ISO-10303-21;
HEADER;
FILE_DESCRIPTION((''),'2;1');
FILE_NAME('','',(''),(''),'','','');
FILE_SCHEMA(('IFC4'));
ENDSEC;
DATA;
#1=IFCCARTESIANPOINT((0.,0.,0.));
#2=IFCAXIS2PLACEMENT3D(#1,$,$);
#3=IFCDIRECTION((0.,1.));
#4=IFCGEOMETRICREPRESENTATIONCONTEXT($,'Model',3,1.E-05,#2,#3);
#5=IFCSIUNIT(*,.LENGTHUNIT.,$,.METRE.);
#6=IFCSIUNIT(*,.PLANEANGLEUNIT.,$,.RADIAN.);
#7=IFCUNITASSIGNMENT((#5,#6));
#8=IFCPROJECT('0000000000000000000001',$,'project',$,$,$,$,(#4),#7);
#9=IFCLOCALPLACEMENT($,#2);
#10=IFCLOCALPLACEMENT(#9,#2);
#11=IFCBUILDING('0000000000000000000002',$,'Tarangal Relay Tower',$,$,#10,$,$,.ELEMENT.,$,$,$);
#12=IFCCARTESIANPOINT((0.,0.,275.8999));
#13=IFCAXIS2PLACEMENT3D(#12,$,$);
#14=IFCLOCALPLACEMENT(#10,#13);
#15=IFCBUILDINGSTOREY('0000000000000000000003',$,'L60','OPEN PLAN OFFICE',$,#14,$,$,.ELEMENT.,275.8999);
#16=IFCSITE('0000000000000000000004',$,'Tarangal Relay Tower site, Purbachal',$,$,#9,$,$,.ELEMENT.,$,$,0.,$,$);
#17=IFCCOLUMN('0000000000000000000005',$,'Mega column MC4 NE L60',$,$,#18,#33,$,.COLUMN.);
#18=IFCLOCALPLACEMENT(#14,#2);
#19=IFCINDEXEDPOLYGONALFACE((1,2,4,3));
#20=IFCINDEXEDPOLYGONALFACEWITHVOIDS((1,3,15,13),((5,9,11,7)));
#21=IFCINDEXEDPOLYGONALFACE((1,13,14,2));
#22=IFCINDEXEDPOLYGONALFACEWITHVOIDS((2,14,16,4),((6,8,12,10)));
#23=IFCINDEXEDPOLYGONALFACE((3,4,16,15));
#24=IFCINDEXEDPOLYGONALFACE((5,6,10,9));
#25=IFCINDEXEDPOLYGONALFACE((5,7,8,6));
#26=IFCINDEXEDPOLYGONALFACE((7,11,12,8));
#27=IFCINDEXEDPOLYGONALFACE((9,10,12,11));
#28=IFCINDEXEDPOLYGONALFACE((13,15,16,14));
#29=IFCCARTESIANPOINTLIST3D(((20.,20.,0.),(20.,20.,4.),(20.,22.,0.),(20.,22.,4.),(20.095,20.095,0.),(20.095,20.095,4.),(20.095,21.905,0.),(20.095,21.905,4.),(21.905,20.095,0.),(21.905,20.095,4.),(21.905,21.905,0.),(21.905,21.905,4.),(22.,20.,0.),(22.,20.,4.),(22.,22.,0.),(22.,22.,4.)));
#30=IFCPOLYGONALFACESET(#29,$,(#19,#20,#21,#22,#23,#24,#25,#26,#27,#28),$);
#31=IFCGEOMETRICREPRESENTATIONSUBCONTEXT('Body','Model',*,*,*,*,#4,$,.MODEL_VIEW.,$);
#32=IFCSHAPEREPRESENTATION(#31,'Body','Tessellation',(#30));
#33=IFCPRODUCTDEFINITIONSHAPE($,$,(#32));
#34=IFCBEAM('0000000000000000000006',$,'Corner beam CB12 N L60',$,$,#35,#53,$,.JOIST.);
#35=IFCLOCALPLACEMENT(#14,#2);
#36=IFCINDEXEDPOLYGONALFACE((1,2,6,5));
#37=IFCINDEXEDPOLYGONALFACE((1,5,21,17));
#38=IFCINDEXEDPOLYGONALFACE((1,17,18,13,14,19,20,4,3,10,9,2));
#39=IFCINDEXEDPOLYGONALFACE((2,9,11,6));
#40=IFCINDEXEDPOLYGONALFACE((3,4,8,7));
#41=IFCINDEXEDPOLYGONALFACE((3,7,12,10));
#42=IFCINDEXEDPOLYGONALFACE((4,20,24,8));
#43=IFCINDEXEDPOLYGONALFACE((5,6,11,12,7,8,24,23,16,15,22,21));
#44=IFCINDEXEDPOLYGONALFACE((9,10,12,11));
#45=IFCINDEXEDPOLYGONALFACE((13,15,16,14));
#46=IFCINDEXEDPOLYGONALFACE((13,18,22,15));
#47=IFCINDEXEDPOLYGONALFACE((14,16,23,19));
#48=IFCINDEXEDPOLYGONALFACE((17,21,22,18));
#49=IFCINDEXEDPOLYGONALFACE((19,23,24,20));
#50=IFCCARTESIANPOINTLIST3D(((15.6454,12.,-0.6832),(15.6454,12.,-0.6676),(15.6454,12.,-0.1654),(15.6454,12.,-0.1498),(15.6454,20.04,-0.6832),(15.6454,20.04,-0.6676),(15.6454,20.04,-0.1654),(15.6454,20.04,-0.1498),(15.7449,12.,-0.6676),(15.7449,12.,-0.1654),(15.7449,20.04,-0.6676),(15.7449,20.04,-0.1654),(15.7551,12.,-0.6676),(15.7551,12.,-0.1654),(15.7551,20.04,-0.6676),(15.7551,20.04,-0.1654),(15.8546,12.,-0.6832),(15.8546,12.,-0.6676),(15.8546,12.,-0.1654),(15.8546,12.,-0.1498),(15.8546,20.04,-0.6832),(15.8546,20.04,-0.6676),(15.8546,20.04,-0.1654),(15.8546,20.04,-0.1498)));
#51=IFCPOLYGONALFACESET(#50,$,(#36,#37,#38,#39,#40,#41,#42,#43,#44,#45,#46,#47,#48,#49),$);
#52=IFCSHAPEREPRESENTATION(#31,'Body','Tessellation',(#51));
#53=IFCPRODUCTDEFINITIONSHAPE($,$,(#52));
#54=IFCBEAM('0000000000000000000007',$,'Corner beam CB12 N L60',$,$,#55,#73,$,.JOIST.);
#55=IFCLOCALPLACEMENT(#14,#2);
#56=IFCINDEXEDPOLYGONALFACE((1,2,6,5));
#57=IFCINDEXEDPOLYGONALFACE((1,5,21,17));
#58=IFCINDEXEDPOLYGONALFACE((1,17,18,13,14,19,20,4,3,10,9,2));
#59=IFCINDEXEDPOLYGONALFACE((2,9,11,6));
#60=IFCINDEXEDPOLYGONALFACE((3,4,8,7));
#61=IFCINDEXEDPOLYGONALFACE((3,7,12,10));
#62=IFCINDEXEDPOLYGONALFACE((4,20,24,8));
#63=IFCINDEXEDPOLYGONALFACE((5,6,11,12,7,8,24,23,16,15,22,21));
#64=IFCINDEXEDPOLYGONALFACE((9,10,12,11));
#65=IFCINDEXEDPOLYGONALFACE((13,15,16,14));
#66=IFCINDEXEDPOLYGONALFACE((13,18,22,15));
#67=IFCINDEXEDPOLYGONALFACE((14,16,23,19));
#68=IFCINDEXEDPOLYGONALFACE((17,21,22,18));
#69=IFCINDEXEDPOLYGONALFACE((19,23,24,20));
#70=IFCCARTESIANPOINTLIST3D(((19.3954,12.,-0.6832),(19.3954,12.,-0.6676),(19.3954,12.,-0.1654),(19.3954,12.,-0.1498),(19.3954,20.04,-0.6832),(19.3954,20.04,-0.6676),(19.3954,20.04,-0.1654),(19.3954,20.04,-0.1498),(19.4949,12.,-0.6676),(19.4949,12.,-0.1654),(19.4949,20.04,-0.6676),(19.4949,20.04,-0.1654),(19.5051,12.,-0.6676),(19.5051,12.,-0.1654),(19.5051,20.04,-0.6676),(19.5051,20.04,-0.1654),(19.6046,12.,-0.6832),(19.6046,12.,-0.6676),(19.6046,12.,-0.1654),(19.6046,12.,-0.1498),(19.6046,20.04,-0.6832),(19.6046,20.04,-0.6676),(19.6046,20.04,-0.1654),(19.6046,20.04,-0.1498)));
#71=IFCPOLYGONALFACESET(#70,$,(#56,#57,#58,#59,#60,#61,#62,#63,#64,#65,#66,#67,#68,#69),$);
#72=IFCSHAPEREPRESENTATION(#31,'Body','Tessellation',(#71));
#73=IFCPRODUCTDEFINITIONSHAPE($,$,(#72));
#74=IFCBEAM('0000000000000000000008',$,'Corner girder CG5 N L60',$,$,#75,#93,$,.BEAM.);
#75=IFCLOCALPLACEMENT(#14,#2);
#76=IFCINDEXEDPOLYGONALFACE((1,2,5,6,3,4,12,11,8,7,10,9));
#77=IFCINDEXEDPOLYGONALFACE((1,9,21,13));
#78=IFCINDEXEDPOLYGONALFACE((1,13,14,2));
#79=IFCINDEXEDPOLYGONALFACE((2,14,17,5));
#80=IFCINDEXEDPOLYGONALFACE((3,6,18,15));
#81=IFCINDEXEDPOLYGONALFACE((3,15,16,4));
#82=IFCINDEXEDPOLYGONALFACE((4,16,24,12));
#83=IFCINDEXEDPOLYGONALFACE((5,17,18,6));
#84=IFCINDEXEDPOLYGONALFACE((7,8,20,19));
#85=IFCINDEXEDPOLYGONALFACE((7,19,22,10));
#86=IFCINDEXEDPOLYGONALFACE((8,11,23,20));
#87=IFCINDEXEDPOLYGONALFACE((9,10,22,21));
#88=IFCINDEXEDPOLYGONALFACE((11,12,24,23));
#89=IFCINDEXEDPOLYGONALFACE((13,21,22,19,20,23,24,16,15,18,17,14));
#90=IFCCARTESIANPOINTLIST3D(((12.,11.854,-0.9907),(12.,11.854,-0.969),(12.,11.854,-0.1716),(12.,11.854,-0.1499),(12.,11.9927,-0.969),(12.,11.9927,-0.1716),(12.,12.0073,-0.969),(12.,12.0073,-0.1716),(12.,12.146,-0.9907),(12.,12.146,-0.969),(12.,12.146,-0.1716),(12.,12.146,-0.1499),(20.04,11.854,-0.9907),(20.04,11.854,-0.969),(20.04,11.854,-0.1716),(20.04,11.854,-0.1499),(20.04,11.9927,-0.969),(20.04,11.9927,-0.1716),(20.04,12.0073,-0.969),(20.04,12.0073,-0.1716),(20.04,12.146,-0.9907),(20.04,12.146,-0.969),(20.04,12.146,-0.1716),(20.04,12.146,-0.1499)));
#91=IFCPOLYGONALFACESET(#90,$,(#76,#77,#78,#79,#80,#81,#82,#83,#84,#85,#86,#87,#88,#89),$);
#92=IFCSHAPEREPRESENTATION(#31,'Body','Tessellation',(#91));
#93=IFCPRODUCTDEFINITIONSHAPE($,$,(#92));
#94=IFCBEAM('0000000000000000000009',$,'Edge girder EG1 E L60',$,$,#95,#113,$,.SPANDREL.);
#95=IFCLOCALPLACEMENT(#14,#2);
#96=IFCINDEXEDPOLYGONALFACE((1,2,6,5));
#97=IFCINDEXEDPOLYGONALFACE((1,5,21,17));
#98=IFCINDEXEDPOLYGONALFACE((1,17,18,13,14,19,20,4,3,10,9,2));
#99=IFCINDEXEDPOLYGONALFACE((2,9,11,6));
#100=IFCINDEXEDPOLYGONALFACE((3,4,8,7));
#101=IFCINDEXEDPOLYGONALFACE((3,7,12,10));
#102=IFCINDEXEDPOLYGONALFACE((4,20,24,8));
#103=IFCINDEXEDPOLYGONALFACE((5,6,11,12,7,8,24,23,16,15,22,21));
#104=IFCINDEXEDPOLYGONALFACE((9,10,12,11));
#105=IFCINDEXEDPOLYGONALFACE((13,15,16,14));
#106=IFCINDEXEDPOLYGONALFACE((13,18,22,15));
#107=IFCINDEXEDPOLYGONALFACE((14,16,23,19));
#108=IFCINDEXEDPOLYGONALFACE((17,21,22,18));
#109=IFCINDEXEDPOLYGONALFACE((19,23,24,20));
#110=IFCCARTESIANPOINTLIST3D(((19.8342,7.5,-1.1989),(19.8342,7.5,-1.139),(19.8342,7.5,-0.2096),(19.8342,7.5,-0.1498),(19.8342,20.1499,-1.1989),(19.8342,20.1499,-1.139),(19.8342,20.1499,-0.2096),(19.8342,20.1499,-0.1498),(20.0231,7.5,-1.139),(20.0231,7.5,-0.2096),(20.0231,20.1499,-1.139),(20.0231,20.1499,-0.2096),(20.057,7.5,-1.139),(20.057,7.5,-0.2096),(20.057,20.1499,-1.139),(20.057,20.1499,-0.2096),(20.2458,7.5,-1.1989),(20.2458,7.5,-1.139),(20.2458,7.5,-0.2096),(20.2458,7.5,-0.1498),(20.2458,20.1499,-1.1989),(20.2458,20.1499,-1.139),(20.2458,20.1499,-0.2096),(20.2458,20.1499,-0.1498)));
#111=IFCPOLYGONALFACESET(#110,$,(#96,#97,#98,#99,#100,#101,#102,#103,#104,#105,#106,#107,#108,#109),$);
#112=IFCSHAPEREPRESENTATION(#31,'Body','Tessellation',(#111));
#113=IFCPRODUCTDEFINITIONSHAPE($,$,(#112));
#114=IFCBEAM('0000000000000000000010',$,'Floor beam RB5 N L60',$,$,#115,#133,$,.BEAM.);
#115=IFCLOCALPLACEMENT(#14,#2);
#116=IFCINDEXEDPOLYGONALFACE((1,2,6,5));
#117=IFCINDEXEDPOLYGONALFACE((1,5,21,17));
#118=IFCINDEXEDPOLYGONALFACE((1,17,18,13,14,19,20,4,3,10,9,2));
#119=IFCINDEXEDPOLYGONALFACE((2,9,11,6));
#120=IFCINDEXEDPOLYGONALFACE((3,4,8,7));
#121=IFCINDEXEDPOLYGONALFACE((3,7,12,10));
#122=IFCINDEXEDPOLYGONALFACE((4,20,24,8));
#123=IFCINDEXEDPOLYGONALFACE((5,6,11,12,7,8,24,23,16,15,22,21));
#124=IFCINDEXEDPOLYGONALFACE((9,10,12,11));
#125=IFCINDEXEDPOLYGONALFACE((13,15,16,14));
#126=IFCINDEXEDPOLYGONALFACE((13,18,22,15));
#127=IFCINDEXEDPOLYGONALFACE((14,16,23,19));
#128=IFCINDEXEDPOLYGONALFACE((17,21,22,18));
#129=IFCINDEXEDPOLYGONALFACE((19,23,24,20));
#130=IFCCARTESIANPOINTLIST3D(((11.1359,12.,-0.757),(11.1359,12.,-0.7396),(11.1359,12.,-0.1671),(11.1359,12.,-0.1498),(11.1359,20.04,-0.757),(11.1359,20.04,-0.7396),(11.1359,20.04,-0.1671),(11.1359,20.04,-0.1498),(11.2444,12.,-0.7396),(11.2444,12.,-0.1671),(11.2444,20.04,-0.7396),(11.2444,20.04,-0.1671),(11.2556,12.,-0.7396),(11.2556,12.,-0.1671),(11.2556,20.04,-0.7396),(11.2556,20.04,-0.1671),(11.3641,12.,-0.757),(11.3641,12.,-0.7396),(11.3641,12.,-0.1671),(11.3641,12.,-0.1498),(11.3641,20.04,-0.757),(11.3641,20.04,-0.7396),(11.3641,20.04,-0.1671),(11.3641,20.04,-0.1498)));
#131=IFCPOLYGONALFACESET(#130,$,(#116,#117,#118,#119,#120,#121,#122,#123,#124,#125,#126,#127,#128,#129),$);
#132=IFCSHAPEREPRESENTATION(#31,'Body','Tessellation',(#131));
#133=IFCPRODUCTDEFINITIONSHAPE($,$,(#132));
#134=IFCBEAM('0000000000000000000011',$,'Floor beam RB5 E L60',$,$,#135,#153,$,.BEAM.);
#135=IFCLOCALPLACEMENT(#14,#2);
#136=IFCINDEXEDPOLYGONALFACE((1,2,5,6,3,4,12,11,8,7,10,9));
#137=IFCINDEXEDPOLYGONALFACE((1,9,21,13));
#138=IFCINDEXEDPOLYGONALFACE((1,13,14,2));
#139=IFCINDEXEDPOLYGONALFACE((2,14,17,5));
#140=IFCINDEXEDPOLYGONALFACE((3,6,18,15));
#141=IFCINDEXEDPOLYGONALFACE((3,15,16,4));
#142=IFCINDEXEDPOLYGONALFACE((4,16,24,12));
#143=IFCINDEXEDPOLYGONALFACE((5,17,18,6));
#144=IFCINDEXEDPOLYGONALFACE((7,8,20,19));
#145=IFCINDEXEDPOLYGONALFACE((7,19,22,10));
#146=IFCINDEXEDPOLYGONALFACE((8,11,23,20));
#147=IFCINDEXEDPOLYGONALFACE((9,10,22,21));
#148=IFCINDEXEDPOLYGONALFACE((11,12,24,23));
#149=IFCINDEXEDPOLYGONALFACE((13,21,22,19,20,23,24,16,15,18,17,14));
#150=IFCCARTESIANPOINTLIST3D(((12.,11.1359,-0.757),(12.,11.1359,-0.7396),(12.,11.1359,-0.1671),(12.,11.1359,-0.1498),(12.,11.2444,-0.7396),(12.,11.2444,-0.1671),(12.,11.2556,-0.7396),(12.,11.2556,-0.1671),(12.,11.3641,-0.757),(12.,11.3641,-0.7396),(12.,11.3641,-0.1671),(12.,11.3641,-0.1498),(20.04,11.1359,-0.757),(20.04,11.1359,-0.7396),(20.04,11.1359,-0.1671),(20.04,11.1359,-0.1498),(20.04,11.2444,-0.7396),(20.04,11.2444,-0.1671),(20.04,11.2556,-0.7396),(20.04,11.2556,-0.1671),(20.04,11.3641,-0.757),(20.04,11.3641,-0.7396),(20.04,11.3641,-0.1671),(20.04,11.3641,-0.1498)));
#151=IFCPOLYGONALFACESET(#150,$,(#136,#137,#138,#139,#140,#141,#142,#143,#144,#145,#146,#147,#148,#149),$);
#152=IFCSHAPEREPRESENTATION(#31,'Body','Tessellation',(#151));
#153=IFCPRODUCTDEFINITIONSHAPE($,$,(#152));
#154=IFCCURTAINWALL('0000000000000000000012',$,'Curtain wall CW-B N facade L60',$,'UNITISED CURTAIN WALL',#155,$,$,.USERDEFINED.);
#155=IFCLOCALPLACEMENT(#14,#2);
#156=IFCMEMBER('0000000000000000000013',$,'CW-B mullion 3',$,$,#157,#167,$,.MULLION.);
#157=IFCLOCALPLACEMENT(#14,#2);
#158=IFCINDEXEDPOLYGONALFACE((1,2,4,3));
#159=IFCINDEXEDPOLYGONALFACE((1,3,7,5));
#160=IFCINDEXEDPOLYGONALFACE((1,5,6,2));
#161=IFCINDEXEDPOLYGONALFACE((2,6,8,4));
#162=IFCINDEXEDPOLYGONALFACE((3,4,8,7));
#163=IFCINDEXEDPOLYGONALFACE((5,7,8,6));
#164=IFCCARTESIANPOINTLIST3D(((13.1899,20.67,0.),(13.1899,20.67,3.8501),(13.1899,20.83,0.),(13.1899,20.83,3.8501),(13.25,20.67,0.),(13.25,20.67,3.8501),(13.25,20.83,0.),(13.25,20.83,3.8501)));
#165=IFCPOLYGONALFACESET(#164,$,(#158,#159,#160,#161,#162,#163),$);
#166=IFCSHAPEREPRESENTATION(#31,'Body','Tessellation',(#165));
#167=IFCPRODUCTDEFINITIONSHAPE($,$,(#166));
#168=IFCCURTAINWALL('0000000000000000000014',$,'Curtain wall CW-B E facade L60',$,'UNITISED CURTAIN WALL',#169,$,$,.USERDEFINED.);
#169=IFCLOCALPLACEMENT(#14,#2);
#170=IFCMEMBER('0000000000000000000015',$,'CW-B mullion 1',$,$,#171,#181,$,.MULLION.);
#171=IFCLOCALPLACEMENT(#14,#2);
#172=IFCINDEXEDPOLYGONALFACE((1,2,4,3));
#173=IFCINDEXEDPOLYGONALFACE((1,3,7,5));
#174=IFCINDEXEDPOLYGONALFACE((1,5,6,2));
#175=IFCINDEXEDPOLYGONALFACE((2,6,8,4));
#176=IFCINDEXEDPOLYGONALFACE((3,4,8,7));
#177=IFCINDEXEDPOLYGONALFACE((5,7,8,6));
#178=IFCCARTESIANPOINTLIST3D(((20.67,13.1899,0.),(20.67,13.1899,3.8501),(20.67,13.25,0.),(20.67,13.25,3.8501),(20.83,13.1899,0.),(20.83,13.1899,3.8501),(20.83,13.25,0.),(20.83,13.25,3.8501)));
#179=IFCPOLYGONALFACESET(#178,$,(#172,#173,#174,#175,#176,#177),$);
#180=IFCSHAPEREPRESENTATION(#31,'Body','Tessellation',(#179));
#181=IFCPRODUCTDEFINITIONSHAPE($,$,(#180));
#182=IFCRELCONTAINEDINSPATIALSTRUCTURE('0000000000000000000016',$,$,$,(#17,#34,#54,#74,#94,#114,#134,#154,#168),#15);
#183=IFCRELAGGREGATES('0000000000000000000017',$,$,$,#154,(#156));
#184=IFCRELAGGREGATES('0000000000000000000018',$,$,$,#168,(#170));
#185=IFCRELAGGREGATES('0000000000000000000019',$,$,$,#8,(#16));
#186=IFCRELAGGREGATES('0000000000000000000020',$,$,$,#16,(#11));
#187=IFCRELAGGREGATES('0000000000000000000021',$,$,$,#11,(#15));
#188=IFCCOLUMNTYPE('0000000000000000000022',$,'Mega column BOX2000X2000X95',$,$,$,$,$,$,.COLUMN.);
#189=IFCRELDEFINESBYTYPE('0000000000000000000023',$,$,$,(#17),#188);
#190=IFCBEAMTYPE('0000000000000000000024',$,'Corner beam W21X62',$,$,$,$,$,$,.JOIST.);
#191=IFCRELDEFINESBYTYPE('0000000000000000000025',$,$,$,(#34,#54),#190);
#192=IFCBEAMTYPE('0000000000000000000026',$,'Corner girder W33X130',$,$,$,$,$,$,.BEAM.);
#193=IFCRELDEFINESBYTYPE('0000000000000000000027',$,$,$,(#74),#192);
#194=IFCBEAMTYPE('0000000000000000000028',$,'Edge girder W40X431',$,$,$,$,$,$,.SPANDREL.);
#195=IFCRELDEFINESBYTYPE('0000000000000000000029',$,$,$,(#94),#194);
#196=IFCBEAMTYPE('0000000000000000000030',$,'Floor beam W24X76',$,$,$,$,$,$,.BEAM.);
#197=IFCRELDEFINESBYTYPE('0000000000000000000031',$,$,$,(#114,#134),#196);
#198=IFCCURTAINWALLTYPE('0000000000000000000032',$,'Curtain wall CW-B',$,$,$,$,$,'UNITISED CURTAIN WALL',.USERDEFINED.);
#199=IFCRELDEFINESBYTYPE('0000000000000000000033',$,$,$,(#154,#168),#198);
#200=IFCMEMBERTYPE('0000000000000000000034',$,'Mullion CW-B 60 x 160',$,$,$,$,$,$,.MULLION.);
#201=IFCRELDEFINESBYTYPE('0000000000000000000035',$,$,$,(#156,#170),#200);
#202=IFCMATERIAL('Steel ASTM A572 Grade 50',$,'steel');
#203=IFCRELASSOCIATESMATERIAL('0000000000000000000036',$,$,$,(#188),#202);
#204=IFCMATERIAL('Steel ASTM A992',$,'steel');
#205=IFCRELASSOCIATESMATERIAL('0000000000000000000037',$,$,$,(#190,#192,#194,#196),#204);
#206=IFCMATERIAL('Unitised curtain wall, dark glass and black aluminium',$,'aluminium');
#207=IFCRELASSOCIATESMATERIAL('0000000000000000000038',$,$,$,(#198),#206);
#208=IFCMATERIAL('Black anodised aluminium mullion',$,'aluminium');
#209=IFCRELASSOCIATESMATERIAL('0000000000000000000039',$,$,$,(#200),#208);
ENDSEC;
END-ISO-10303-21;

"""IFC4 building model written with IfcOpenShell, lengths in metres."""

from ifc_helpers import new_model, si_unit, direction, frame, origin, origin_2d, place, context, subcontext, project, spatial, rectangle, hollow_rectangle, i_section, extrude, material, material_profile, profile_set, type_object, element, aggregate, save


model = new_model("IFC4")

# Units and contexts
model_context = context("Model", 3, precision=1e-05, world=origin(), true_north=direction((0.0, 1.0)))
body_context = subcontext(model_context, "Body", "Model", "MODEL_VIEW")
ifc_project = project(units=[si_unit("LENGTHUNIT", "METRE"), si_unit("PLANEANGLEUNIT", "RADIAN")], contexts=[model_context])

# Site, building, storey
site_placement = place(None, origin())
site = spatial("IfcSite", under=ifc_project, at=site_placement, Name="Tarangal Relay Tower site, Purbachal", CompositionType="ELEMENT", RefElevation=0.0)
building_placement = place(site_placement, origin())
building = spatial("IfcBuilding", under=site, at=building_placement, Name="Tarangal Relay Tower", CompositionType="ELEMENT")
storey_placement = place(building_placement, frame((0.0, 0.0, 275.8999)))
storey = spatial("IfcBuildingStorey", under=building, at=storey_placement, Name="L60", Description="OPEN PLAN OFFICE", CompositionType="ELEMENT", Elevation=275.8999)

# Column
ifc_material_1 = material(Name="Steel ASTM A572 Grade 50", Category="steel")
ifc_material_profile_1 = material_profile(ifc_material_1, hollow_rectangle(XDim=2.0, YDim=2.0, WallThickness=0.095, at=origin_2d()), Name="BOX2000X2000X95")
ifc_profile_set_1 = profile_set([ifc_material_profile_1], Name="Steel ASTM A572 Grade 50")
column_type = type_object("IfcColumnType", Name="Mega column BOX2000X2000X95", PredefinedType="COLUMN", material=ifc_profile_set_1)
column_placement = place(storey_placement, frame((21.0, 21.0, 0.0), z_axis=(0.0, 0.0, 1.0), x_axis=(1.0, 0.0, 0.0)))
element("IfcColumn", 1, at=column_placement, inside=storey, type_object=column_type, Name="Mega column MC4 NE L60", PredefinedType="COLUMN", context=body_context, shape_type="SweptSolid", body=[
    extrude(hollow_rectangle(XDim=2.0, YDim=2.0, WallThickness=0.095, at=origin_2d()), origin(), (0.0, 0.0, 1.0), 4.0),
])

# Beams
ifc_material_2 = material(Name="Steel ASTM A992", Category="steel")
ifc_material_profile_2 = material_profile(ifc_material_2, i_section(OverallWidth=0.2092, OverallDepth=0.5334, WebThickness=0.0103, FlangeThickness=0.0156, at=origin_2d()), Name="W21X62")
ifc_profile_set_2 = profile_set([ifc_material_profile_2], Name="Steel ASTM A992")
beam_type_1 = type_object("IfcBeamType", Name="Corner beam W21X62", PredefinedType="JOIST", material=ifc_profile_set_2)
for number, where, z_axis, x_axis, name in (
    (2, (15.75, 12.0, -0.4165), (0.0, 1.0, 0.0), (-1.0, 0.0, 0.0), "Corner beam CB12 N L60"),
    (3, (19.5, 12.0, -0.4165), (0.0, 1.0, 0.0), (-1.0, 0.0, 0.0), "Corner beam CB12 N L60"),
):
    element("IfcBeam", number, at=place(storey_placement, frame(where, z_axis=z_axis, x_axis=x_axis)), inside=storey, type_object=beam_type_1, Name=name, PredefinedType="JOIST", context=body_context, shape_type="SweptSolid", body=[
        extrude(i_section(OverallWidth=0.2092, OverallDepth=0.5334, WebThickness=0.0103, FlangeThickness=0.0156, at=origin_2d()), origin(), (0.0, 0.0, 1.0), 8.04),
    ])
ifc_material_profile_3 = material_profile(ifc_material_2, i_section(OverallWidth=0.292, OverallDepth=0.8408, WebThickness=0.0146, FlangeThickness=0.0217, at=origin_2d()), Name="W33X130")
ifc_profile_set_3 = profile_set([ifc_material_profile_3], Name="Steel ASTM A992")
beam_type_2 = type_object("IfcBeamType", Name="Corner girder W33X130", PredefinedType="BEAM", material=ifc_profile_set_3)
beam_1_placement = place(storey_placement, frame((12.0, 12.0, -0.5703), z_axis=(1.0, 0.0, 0.0), x_axis=(0.0, 1.0, 0.0)))
element("IfcBeam", 4, at=beam_1_placement, inside=storey, type_object=beam_type_2, Name="Corner girder CG5 N L60", PredefinedType="BEAM", context=body_context, shape_type="SweptSolid", body=[
    extrude(i_section(OverallWidth=0.292, OverallDepth=0.8408, WebThickness=0.0146, FlangeThickness=0.0217, at=origin_2d()), origin(), (0.0, 0.0, 1.0), 8.04),
])
ifc_material_profile_4 = material_profile(ifc_material_2, i_section(OverallWidth=0.4116, OverallDepth=1.0491, WebThickness=0.0339, FlangeThickness=0.0598, at=origin_2d()), Name="W40X431")
ifc_profile_set_4 = profile_set([ifc_material_profile_4], Name="Steel ASTM A992")
beam_type_3 = type_object("IfcBeamType", Name="Edge girder W40X431", PredefinedType="SPANDREL", material=ifc_profile_set_4)
beam_2_placement = place(storey_placement, frame((20.04, 20.1499, -0.6743), z_axis=(0.0, -1.0, 0.0), x_axis=(1.0, 0.0, 0.0)))
element("IfcBeam", 5, at=beam_2_placement, inside=storey, type_object=beam_type_3, Name="Edge girder EG1 E L60", PredefinedType="SPANDREL", context=body_context, shape_type="SweptSolid", body=[
    extrude(i_section(OverallWidth=0.4116, OverallDepth=1.0491, WebThickness=0.0339, FlangeThickness=0.0598, at=origin_2d()), origin(), (0.0, 0.0, 1.0), 12.6499),
])
ifc_material_profile_5 = material_profile(ifc_material_2, i_section(OverallWidth=0.2283, OverallDepth=0.6072, WebThickness=0.0112, FlangeThickness=0.0173, at=origin_2d()), Name="W24X76")
ifc_profile_set_5 = profile_set([ifc_material_profile_5], Name="Steel ASTM A992")
beam_type_4 = type_object("IfcBeamType", Name="Floor beam W24X76", PredefinedType="BEAM", material=ifc_profile_set_5)
for number, where, z_axis, x_axis, name in (
    (6, (11.25, 12.0, -0.4534), (0.0, 1.0, 0.0), (-1.0, 0.0, 0.0), "Floor beam RB5 N L60"),
    (7, (12.0, 11.25, -0.4534), (1.0, 0.0, 0.0), (0.0, 1.0, 0.0), "Floor beam RB5 E L60"),
):
    element("IfcBeam", number, at=place(storey_placement, frame(where, z_axis=z_axis, x_axis=x_axis)), inside=storey, type_object=beam_type_4, Name=name, PredefinedType="BEAM", context=body_context, shape_type="SweptSolid", body=[
        extrude(i_section(OverallWidth=0.2283, OverallDepth=0.6072, WebThickness=0.0112, FlangeThickness=0.0173, at=origin_2d()), origin(), (0.0, 0.0, 1.0), 8.04),
    ])

# Curtain wall, member
ifc_material_3 = material(Name="Unitised curtain wall, dark glass and black aluminium", Category="aluminium")
curtain_wall_type = type_object("IfcCurtainWallType", Name="Curtain wall CW-B", ElementType="UNITISED CURTAIN WALL", PredefinedType="USERDEFINED", material=ifc_material_3)
curtain_wall_1_placement = place(storey_placement, origin())
curtain_wall_1 = element("IfcCurtainWall", 8, at=curtain_wall_1_placement, inside=storey, type_object=curtain_wall_type, Name="Curtain wall CW-B N facade L60", ObjectType="UNITISED CURTAIN WALL", PredefinedType="USERDEFINED")
ifc_material_4 = material(Name="Black anodised aluminium mullion", Category="aluminium")
ifc_material_profile_6 = material_profile(ifc_material_4, rectangle(XDim=0.1599, YDim=0.0601, at=origin_2d()), Name="CW-BM 60X160")
ifc_profile_set_6 = profile_set([ifc_material_profile_6], Name="Black anodised aluminium mullion")
member_type_1 = type_object("IfcMemberType", Name="Mullion CW-B 60 x 160", PredefinedType="MULLION", material=ifc_profile_set_6)
member_1_placement = place(storey_placement, frame((13.22, 20.75, 0.0), z_axis=(0.0, 0.0, 1.0), x_axis=(0.0, 1.0, 0.0)))
member_1 = element("IfcMember", 9, at=member_1_placement, type_object=member_type_1, Name="CW-B mullion 3", PredefinedType="MULLION", context=body_context, shape_type="SweptSolid", body=[
    extrude(rectangle(XDim=0.1599, YDim=0.0601, at=origin_2d()), origin(), (0.0, 0.0, 1.0), 3.8501),
])

# Curtain wall, member
curtain_wall_2_placement = place(storey_placement, origin())
curtain_wall_2 = element("IfcCurtainWall", 10, at=curtain_wall_2_placement, inside=storey, type_object=curtain_wall_type, Name="Curtain wall CW-B E facade L60", ObjectType="UNITISED CURTAIN WALL", PredefinedType="USERDEFINED")
member_2_placement = place(storey_placement, frame((20.75, 13.22, 0.0), z_axis=(0.0, 0.0, 1.0), x_axis=(1.0, 0.0, 0.0)))
member_2 = element("IfcMember", 11, at=member_2_placement, type_object=member_type_1, Name="CW-B mullion 1", PredefinedType="MULLION", context=body_context, shape_type="SweptSolid", body=[
    extrude(rectangle(XDim=0.1599, YDim=0.0601, at=origin_2d()), origin(), (0.0, 0.0, 1.0), 3.8501),
])

aggregate(curtain_wall_1, [member_1])
aggregate(curtain_wall_2, [member_2])

save(model, "model.ifc")
